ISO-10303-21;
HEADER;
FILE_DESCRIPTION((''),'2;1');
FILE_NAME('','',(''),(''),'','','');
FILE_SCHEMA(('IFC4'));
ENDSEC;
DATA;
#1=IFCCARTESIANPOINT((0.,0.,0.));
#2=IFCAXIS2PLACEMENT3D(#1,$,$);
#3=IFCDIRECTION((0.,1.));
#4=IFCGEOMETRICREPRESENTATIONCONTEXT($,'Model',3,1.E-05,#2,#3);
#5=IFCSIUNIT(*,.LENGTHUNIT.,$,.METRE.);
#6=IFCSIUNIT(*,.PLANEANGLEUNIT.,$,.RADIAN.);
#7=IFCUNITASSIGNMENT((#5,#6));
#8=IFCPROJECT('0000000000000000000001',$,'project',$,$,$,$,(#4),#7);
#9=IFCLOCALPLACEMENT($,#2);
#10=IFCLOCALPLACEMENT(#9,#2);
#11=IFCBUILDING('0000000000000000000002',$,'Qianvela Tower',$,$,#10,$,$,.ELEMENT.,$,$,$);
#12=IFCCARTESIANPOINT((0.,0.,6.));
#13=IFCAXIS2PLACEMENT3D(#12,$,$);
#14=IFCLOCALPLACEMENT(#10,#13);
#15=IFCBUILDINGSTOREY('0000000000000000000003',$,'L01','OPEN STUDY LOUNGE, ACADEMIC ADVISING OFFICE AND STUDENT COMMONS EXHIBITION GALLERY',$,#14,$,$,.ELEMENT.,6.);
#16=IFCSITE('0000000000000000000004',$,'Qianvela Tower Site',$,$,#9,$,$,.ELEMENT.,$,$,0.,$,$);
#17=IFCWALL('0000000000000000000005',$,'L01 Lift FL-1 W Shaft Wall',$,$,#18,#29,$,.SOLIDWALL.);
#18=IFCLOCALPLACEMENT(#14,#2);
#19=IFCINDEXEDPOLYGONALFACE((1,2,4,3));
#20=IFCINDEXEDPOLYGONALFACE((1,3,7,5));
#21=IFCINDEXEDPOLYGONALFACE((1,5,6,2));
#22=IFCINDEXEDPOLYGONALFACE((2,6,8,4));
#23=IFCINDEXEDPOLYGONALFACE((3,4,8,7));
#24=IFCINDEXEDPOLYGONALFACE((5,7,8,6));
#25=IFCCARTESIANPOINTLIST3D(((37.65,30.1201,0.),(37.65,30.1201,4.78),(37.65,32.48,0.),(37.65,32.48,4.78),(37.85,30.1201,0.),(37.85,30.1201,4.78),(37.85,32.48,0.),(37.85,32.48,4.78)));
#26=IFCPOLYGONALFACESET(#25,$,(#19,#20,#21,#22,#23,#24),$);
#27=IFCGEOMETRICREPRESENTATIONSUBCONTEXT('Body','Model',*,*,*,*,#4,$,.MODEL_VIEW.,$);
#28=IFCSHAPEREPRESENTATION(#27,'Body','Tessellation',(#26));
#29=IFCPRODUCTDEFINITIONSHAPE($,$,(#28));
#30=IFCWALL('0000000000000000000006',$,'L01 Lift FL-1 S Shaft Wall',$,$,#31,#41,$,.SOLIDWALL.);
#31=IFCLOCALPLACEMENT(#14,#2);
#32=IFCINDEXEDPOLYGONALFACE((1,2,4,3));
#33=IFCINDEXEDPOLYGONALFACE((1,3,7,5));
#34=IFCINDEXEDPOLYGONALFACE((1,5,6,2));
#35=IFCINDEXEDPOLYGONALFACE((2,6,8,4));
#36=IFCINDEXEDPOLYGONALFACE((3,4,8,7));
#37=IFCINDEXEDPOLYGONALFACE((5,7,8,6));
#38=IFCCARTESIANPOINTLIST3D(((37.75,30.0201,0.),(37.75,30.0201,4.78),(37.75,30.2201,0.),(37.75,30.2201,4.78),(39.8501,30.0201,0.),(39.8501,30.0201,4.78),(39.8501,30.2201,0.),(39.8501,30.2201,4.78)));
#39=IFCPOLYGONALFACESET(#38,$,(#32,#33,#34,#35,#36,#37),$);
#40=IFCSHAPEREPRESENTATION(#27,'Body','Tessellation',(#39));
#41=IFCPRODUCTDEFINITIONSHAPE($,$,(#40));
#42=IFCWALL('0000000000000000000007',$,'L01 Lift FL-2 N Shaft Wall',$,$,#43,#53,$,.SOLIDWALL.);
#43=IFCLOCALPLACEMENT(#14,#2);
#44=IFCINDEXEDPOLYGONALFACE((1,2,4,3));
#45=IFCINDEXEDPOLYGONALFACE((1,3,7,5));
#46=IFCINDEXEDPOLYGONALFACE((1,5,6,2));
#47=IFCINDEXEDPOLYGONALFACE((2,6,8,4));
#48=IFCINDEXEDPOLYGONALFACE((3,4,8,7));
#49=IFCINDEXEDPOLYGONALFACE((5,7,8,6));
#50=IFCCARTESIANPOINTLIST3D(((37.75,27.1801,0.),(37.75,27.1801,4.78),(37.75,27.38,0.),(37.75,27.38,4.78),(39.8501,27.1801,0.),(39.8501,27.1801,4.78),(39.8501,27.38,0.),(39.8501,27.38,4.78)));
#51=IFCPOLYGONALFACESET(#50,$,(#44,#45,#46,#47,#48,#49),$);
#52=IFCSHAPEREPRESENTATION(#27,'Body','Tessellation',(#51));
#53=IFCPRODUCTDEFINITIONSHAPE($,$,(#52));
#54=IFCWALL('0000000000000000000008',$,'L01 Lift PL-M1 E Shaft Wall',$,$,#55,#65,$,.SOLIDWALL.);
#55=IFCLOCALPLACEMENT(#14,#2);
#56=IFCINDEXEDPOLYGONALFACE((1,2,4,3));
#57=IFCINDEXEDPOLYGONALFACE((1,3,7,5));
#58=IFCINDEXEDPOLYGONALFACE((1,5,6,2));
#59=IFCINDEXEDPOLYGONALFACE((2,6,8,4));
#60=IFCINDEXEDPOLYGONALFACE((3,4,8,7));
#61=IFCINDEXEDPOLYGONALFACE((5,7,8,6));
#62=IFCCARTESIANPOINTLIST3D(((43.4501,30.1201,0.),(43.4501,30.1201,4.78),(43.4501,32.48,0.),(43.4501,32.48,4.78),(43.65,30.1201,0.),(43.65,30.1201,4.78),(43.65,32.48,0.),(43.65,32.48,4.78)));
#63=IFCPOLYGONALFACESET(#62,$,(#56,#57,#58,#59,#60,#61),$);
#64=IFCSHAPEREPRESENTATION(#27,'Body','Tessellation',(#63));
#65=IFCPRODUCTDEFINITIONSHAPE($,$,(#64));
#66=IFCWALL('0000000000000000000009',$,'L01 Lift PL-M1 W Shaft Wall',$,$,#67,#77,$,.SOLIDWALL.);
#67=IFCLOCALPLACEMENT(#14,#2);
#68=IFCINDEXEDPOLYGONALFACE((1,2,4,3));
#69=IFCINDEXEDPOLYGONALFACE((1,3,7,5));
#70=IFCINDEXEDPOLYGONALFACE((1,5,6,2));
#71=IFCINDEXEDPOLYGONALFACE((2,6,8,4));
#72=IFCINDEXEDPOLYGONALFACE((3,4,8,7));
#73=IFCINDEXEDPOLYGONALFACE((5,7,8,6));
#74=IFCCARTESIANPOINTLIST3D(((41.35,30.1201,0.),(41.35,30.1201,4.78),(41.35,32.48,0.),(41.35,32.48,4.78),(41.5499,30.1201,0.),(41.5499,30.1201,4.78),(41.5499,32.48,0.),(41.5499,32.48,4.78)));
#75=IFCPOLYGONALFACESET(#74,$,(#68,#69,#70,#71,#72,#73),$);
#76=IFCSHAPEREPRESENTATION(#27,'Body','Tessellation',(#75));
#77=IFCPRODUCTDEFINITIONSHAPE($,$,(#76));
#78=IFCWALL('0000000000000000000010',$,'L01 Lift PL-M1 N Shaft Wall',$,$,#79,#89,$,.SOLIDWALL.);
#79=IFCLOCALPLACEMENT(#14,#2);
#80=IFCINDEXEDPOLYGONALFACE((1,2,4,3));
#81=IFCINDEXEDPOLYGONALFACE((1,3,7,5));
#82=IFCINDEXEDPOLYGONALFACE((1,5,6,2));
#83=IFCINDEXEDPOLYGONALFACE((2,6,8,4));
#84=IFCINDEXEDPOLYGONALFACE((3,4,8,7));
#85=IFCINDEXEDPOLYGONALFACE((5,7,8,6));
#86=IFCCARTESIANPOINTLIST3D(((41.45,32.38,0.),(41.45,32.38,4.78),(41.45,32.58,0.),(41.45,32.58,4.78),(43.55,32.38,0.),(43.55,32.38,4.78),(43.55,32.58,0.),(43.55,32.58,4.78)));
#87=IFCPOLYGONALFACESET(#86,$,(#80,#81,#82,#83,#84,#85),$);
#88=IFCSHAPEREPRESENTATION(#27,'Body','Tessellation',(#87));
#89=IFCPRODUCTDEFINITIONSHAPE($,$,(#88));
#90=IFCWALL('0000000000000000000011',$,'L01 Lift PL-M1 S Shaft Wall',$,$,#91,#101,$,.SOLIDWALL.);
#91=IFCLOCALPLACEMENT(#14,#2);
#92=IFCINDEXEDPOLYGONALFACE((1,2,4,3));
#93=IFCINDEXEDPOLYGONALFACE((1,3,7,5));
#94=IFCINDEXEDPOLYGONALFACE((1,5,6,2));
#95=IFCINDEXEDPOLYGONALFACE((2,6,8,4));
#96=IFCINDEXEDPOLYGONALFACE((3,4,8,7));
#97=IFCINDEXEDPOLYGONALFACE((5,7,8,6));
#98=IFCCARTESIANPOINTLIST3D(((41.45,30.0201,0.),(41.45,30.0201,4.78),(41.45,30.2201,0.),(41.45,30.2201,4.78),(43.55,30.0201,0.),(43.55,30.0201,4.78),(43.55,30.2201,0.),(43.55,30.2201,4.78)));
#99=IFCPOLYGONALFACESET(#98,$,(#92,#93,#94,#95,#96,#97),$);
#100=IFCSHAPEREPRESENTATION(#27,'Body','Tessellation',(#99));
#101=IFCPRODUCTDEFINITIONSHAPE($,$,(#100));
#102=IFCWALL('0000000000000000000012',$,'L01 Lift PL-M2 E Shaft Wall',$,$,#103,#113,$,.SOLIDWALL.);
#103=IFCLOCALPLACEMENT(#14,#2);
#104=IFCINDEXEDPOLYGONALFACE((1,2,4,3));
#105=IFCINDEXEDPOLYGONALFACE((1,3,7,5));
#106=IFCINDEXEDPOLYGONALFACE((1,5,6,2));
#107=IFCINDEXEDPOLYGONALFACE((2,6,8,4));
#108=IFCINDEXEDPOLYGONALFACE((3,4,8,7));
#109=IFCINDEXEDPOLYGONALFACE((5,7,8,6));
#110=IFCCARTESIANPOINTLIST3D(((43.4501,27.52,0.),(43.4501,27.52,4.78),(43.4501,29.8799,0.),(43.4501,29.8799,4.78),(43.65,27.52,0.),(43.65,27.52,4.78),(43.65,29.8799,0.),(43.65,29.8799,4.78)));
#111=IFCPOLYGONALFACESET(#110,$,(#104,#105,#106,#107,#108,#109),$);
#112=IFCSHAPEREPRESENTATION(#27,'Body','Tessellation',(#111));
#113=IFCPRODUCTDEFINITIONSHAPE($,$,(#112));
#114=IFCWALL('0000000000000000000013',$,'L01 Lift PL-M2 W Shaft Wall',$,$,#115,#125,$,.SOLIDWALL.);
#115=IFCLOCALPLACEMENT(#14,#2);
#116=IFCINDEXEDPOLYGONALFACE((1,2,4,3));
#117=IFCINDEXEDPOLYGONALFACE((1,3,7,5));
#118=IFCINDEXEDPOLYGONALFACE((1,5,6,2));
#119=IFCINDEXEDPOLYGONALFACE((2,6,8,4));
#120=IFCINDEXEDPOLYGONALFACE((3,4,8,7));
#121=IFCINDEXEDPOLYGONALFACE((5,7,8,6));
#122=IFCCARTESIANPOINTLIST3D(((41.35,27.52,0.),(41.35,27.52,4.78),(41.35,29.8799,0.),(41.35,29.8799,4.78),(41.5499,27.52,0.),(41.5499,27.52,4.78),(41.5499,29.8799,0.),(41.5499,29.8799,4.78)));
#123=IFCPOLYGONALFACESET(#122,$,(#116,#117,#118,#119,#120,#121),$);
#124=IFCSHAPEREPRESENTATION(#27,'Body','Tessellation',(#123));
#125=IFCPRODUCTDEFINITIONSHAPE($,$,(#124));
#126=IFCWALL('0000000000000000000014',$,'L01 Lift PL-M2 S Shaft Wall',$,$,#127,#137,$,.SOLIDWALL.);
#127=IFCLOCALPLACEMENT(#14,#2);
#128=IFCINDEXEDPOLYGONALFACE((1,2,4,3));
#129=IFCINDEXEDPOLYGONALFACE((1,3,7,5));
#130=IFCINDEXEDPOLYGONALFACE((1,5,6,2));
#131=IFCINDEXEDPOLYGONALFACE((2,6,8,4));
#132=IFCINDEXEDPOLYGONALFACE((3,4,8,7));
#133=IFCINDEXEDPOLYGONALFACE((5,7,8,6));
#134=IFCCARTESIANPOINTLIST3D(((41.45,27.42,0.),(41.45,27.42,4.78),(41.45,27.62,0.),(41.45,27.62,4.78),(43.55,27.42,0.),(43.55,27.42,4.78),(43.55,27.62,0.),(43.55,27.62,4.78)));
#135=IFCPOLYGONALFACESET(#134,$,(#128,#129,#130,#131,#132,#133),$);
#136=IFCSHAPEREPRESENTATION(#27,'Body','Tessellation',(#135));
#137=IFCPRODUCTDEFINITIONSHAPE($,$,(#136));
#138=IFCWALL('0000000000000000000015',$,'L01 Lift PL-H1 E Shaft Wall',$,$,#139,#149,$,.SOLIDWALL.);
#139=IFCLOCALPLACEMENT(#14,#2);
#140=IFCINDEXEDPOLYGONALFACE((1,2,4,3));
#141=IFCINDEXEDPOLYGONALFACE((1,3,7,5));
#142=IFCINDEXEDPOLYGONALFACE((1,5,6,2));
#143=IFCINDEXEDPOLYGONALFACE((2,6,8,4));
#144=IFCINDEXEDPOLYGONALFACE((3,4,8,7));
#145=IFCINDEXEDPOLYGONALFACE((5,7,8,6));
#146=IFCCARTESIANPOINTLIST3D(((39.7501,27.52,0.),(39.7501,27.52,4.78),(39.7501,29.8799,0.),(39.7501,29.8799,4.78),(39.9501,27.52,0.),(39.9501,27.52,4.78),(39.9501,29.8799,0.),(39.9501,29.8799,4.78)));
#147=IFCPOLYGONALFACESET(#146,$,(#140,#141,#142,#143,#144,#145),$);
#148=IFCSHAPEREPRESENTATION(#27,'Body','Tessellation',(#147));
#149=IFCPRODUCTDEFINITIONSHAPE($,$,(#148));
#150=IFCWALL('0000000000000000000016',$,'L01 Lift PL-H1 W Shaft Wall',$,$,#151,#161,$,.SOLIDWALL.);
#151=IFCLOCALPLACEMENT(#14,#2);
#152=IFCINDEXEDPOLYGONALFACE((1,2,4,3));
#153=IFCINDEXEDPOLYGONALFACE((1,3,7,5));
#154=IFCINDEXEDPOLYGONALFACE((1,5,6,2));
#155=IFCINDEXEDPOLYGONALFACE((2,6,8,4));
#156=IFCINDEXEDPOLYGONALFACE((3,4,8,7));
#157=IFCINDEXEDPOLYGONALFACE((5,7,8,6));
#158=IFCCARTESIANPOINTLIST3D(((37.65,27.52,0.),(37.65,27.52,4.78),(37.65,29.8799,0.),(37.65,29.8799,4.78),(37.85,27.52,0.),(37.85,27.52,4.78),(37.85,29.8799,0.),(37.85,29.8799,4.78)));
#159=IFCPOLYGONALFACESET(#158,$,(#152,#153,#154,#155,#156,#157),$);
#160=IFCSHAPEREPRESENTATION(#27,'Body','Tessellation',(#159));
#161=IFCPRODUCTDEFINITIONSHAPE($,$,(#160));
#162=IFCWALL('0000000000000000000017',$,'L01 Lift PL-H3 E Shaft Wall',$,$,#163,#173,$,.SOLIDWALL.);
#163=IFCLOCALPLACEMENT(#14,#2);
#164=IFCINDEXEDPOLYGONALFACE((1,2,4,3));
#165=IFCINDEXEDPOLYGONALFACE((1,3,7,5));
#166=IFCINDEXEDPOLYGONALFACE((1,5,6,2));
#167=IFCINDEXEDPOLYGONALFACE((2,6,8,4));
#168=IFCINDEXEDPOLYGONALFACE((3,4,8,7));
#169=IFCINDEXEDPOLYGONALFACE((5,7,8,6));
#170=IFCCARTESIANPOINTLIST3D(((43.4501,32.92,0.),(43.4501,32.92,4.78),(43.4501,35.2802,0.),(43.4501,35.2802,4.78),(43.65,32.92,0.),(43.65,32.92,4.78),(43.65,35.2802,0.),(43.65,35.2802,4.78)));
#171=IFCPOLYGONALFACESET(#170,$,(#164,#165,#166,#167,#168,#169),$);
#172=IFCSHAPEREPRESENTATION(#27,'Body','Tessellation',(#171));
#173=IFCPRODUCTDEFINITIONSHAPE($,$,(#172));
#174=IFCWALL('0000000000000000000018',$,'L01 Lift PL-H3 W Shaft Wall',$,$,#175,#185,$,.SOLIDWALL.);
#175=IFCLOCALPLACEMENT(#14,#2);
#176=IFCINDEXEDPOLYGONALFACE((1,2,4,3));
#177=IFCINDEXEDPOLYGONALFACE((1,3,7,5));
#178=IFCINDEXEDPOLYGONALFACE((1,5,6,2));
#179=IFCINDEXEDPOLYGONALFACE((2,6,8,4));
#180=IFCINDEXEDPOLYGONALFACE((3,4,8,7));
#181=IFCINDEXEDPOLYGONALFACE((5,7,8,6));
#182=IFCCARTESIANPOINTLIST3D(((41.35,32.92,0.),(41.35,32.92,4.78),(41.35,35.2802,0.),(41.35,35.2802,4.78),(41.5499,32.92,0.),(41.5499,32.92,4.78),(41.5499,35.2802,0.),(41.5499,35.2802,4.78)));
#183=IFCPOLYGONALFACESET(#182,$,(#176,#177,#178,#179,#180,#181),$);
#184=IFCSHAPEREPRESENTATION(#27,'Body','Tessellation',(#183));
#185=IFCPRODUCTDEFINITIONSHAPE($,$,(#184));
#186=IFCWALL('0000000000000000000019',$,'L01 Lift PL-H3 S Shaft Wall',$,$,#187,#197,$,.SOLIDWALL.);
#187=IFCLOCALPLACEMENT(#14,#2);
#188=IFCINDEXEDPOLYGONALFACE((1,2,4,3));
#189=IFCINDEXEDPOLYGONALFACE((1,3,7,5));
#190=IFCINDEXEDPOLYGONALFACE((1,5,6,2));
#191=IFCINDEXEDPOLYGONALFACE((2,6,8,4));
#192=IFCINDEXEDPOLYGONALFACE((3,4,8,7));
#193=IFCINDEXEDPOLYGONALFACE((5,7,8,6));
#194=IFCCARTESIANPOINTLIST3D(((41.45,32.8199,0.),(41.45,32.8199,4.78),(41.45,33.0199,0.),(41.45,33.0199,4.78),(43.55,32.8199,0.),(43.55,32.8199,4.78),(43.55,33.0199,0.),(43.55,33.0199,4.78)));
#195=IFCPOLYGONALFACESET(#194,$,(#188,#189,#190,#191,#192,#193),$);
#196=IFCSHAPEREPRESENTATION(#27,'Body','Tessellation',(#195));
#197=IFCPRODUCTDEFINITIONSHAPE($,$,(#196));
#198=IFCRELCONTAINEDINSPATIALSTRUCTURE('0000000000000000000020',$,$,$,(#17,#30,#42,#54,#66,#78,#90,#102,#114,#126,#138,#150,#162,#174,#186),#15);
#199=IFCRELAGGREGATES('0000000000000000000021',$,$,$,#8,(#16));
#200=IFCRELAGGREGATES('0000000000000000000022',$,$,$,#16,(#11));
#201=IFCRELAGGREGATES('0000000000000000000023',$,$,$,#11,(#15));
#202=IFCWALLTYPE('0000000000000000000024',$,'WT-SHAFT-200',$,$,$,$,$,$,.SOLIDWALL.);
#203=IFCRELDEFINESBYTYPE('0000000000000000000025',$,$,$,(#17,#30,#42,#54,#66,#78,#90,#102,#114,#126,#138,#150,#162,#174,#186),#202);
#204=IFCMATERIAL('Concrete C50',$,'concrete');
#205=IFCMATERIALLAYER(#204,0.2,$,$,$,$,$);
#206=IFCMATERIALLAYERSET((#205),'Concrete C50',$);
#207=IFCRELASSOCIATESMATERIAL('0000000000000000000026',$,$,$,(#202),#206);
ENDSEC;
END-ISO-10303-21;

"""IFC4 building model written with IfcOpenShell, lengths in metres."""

from ifc_helpers import new_model, si_unit, direction, frame, frame_2d, origin, place, context, subcontext, project, spatial, rectangle, extrude, material, layer, layer_set, type_object, element, save


model = new_model("IFC4")

# Units and contexts
model_context = context("Model", 3, precision=1e-05, world=origin(), true_north=direction((0.0, 1.0)))
body_context = subcontext(model_context, "Body", "Model", "MODEL_VIEW")
ifc_project = project(units=[si_unit("LENGTHUNIT", "METRE"), si_unit("PLANEANGLEUNIT", "RADIAN")], contexts=[model_context])

# Site, building, storey
site_placement = place(None, origin())
site = spatial("IfcSite", under=ifc_project, at=site_placement, Name="Qianvela Tower Site", CompositionType="ELEMENT", RefElevation=0.0)
building_placement = place(site_placement, origin())
building = spatial("IfcBuilding", under=site, at=building_placement, Name="Qianvela Tower", CompositionType="ELEMENT")
storey_placement = place(building_placement, frame((0.0, 0.0, 6.0)))
storey = spatial("IfcBuildingStorey", under=building, at=storey_placement, Name="L01", Description="OPEN STUDY LOUNGE, ACADEMIC ADVISING OFFICE AND STUDENT COMMONS EXHIBITION GALLERY", CompositionType="ELEMENT", Elevation=6.0)

# Shared definitions
ifc_material_1 = material(Name="Concrete C50", Category="concrete")
ifc_layer_1 = layer(ifc_material_1, 0.2)
ifc_layer_set_1 = layer_set([ifc_layer_1], Name="Concrete C50")
wall_type_1 = type_object("IfcWallType", Name="WT-SHAFT-200", PredefinedType="SOLIDWALL", material=ifc_layer_set_1)

# Walls
wall_1_placement = place(storey_placement, frame((37.75, 30.1201, 0.0), z_axis=(0.0, 0.0, 1.0), x_axis=(0.0, 1.0, 0.0)))
element("IfcWall", 1, at=wall_1_placement, inside=storey, type_object=wall_type_1, Name="L01 Lift FL-1 W Shaft Wall", PredefinedType="SOLIDWALL", context=body_context, shape_type="SweptSolid", body=[
    extrude(rectangle(XDim=2.3599, YDim=0.2, at=frame_2d((1.1799, 0.0))), origin(), (0.0, 0.0, 1.0), 4.78),
])
for number, where, z_axis, x_axis, name in (
    (2, (37.75, 30.1201, 0.0), (0.0, 0.0, 1.0), (1.0, 0.0, 0.0), "L01 Lift FL-1 S Shaft Wall"),
    (3, (37.75, 27.28, 0.0), (0.0, 0.0, 1.0), (1.0, 0.0, 0.0), "L01 Lift FL-2 N Shaft Wall"),
):
    element("IfcWall", number, at=place(storey_placement, frame(where, z_axis=z_axis, x_axis=x_axis)), inside=storey, type_object=wall_type_1, Name=name, PredefinedType="SOLIDWALL", context=body_context, shape_type="SweptSolid", body=[
        extrude(rectangle(XDim=2.1001, YDim=0.2, at=frame_2d((1.05, 0.0))), origin(), (0.0, 0.0, 1.0), 4.78),
    ])
for number, where, z_axis, x_axis, name in (
    (4, (43.55, 30.1201, 0.0), (0.0, 0.0, 1.0), (0.0, 1.0, 0.0), "L01 Lift PL-M1 E Shaft Wall"),
    (5, (41.45, 30.1201, 0.0), (0.0, 0.0, 1.0), (0.0, 1.0, 0.0), "L01 Lift PL-M1 W Shaft Wall"),
):
    element("IfcWall", number, at=place(storey_placement, frame(where, z_axis=z_axis, x_axis=x_axis)), inside=storey, type_object=wall_type_1, Name=name, PredefinedType="SOLIDWALL", context=body_context, shape_type="SweptSolid", body=[
        extrude(rectangle(XDim=2.3599, YDim=0.2, at=frame_2d((1.1799, 0.0))), origin(), (0.0, 0.0, 1.0), 4.78),
    ])
for number, where, z_axis, x_axis, name in (
    (6, (41.45, 32.48, 0.0), (0.0, 0.0, 1.0), (1.0, 0.0, 0.0), "L01 Lift PL-M1 N Shaft Wall"),
    (7, (41.45, 30.1201, 0.0), (0.0, 0.0, 1.0), (1.0, 0.0, 0.0), "L01 Lift PL-M1 S Shaft Wall"),
):
    element("IfcWall", number, at=place(storey_placement, frame(where, z_axis=z_axis, x_axis=x_axis)), inside=storey, type_object=wall_type_1, Name=name, PredefinedType="SOLIDWALL", context=body_context, shape_type="SweptSolid", body=[
        extrude(rectangle(XDim=2.1001, YDim=0.2, at=frame_2d((1.05, 0.0))), origin(), (0.0, 0.0, 1.0), 4.78),
    ])
for number, where, z_axis, x_axis, name in (
    (8, (43.55, 27.52, 0.0), (0.0, 0.0, 1.0), (0.0, 1.0, 0.0), "L01 Lift PL-M2 E Shaft Wall"),
    (9, (41.45, 27.52, 0.0), (0.0, 0.0, 1.0), (0.0, 1.0, 0.0), "L01 Lift PL-M2 W Shaft Wall"),
):
    element("IfcWall", number, at=place(storey_placement, frame(where, z_axis=z_axis, x_axis=x_axis)), inside=storey, type_object=wall_type_1, Name=name, PredefinedType="SOLIDWALL", context=body_context, shape_type="SweptSolid", body=[
        extrude(rectangle(XDim=2.3599, YDim=0.2, at=frame_2d((1.1799, 0.0))), origin(), (0.0, 0.0, 1.0), 4.78),
    ])
wall_2_placement = place(storey_placement, frame((41.45, 27.52, 0.0), z_axis=(0.0, 0.0, 1.0), x_axis=(1.0, 0.0, 0.0)))
element("IfcWall", 10, at=wall_2_placement, inside=storey, type_object=wall_type_1, Name="L01 Lift PL-M2 S Shaft Wall", PredefinedType="SOLIDWALL", context=body_context, shape_type="SweptSolid", body=[
    extrude(rectangle(XDim=2.1001, YDim=0.2, at=frame_2d((1.05, 0.0))), origin(), (0.0, 0.0, 1.0), 4.78),
])
for number, where, z_axis, x_axis, name in (
    (11, (39.8501, 27.52, 0.0), (0.0, 0.0, 1.0), (0.0, 1.0, 0.0), "L01 Lift PL-H1 E Shaft Wall"),
    (12, (37.75, 27.52, 0.0), (0.0, 0.0, 1.0), (0.0, 1.0, 0.0), "L01 Lift PL-H1 W Shaft Wall"),
):
    element("IfcWall", number, at=place(storey_placement, frame(where, z_axis=z_axis, x_axis=x_axis)), inside=storey, type_object=wall_type_1, Name=name, PredefinedType="SOLIDWALL", context=body_context, shape_type="SweptSolid", body=[
        extrude(rectangle(XDim=2.3599, YDim=0.2, at=frame_2d((1.1799, 0.0))), origin(), (0.0, 0.0, 1.0), 4.78),
    ])
for number, where, z_axis, x_axis, name in (
    (13, (43.55, 32.9199, 0.0), (0.0, 0.0, 1.0), (0.0, 1.0, 0.0), "L01 Lift PL-H3 E Shaft Wall"),
    (14, (41.45, 32.9199, 0.0), (0.0, 0.0, 1.0), (0.0, 1.0, 0.0), "L01 Lift PL-H3 W Shaft Wall"),
):
    element("IfcWall", number, at=place(storey_placement, frame(where, z_axis=z_axis, x_axis=x_axis)), inside=storey, type_object=wall_type_1, Name=name, PredefinedType="SOLIDWALL", context=body_context, shape_type="SweptSolid", body=[
        extrude(rectangle(XDim=2.3601, YDim=0.2, at=frame_2d((1.1802, 0.0))), origin(), (0.0, 0.0, 1.0), 4.78),
    ])
wall_3_placement = place(storey_placement, frame((41.45, 32.9199, 0.0), z_axis=(0.0, 0.0, 1.0), x_axis=(1.0, 0.0, 0.0)))
element("IfcWall", 15, at=wall_3_placement, inside=storey, type_object=wall_type_1, Name="L01 Lift PL-H3 S Shaft Wall", PredefinedType="SOLIDWALL", context=body_context, shape_type="SweptSolid", body=[
    extrude(rectangle(XDim=2.1001, YDim=0.2, at=frame_2d((1.05, 0.0))), origin(), (0.0, 0.0, 1.0), 4.78),
])

save(model, "model.ifc")
